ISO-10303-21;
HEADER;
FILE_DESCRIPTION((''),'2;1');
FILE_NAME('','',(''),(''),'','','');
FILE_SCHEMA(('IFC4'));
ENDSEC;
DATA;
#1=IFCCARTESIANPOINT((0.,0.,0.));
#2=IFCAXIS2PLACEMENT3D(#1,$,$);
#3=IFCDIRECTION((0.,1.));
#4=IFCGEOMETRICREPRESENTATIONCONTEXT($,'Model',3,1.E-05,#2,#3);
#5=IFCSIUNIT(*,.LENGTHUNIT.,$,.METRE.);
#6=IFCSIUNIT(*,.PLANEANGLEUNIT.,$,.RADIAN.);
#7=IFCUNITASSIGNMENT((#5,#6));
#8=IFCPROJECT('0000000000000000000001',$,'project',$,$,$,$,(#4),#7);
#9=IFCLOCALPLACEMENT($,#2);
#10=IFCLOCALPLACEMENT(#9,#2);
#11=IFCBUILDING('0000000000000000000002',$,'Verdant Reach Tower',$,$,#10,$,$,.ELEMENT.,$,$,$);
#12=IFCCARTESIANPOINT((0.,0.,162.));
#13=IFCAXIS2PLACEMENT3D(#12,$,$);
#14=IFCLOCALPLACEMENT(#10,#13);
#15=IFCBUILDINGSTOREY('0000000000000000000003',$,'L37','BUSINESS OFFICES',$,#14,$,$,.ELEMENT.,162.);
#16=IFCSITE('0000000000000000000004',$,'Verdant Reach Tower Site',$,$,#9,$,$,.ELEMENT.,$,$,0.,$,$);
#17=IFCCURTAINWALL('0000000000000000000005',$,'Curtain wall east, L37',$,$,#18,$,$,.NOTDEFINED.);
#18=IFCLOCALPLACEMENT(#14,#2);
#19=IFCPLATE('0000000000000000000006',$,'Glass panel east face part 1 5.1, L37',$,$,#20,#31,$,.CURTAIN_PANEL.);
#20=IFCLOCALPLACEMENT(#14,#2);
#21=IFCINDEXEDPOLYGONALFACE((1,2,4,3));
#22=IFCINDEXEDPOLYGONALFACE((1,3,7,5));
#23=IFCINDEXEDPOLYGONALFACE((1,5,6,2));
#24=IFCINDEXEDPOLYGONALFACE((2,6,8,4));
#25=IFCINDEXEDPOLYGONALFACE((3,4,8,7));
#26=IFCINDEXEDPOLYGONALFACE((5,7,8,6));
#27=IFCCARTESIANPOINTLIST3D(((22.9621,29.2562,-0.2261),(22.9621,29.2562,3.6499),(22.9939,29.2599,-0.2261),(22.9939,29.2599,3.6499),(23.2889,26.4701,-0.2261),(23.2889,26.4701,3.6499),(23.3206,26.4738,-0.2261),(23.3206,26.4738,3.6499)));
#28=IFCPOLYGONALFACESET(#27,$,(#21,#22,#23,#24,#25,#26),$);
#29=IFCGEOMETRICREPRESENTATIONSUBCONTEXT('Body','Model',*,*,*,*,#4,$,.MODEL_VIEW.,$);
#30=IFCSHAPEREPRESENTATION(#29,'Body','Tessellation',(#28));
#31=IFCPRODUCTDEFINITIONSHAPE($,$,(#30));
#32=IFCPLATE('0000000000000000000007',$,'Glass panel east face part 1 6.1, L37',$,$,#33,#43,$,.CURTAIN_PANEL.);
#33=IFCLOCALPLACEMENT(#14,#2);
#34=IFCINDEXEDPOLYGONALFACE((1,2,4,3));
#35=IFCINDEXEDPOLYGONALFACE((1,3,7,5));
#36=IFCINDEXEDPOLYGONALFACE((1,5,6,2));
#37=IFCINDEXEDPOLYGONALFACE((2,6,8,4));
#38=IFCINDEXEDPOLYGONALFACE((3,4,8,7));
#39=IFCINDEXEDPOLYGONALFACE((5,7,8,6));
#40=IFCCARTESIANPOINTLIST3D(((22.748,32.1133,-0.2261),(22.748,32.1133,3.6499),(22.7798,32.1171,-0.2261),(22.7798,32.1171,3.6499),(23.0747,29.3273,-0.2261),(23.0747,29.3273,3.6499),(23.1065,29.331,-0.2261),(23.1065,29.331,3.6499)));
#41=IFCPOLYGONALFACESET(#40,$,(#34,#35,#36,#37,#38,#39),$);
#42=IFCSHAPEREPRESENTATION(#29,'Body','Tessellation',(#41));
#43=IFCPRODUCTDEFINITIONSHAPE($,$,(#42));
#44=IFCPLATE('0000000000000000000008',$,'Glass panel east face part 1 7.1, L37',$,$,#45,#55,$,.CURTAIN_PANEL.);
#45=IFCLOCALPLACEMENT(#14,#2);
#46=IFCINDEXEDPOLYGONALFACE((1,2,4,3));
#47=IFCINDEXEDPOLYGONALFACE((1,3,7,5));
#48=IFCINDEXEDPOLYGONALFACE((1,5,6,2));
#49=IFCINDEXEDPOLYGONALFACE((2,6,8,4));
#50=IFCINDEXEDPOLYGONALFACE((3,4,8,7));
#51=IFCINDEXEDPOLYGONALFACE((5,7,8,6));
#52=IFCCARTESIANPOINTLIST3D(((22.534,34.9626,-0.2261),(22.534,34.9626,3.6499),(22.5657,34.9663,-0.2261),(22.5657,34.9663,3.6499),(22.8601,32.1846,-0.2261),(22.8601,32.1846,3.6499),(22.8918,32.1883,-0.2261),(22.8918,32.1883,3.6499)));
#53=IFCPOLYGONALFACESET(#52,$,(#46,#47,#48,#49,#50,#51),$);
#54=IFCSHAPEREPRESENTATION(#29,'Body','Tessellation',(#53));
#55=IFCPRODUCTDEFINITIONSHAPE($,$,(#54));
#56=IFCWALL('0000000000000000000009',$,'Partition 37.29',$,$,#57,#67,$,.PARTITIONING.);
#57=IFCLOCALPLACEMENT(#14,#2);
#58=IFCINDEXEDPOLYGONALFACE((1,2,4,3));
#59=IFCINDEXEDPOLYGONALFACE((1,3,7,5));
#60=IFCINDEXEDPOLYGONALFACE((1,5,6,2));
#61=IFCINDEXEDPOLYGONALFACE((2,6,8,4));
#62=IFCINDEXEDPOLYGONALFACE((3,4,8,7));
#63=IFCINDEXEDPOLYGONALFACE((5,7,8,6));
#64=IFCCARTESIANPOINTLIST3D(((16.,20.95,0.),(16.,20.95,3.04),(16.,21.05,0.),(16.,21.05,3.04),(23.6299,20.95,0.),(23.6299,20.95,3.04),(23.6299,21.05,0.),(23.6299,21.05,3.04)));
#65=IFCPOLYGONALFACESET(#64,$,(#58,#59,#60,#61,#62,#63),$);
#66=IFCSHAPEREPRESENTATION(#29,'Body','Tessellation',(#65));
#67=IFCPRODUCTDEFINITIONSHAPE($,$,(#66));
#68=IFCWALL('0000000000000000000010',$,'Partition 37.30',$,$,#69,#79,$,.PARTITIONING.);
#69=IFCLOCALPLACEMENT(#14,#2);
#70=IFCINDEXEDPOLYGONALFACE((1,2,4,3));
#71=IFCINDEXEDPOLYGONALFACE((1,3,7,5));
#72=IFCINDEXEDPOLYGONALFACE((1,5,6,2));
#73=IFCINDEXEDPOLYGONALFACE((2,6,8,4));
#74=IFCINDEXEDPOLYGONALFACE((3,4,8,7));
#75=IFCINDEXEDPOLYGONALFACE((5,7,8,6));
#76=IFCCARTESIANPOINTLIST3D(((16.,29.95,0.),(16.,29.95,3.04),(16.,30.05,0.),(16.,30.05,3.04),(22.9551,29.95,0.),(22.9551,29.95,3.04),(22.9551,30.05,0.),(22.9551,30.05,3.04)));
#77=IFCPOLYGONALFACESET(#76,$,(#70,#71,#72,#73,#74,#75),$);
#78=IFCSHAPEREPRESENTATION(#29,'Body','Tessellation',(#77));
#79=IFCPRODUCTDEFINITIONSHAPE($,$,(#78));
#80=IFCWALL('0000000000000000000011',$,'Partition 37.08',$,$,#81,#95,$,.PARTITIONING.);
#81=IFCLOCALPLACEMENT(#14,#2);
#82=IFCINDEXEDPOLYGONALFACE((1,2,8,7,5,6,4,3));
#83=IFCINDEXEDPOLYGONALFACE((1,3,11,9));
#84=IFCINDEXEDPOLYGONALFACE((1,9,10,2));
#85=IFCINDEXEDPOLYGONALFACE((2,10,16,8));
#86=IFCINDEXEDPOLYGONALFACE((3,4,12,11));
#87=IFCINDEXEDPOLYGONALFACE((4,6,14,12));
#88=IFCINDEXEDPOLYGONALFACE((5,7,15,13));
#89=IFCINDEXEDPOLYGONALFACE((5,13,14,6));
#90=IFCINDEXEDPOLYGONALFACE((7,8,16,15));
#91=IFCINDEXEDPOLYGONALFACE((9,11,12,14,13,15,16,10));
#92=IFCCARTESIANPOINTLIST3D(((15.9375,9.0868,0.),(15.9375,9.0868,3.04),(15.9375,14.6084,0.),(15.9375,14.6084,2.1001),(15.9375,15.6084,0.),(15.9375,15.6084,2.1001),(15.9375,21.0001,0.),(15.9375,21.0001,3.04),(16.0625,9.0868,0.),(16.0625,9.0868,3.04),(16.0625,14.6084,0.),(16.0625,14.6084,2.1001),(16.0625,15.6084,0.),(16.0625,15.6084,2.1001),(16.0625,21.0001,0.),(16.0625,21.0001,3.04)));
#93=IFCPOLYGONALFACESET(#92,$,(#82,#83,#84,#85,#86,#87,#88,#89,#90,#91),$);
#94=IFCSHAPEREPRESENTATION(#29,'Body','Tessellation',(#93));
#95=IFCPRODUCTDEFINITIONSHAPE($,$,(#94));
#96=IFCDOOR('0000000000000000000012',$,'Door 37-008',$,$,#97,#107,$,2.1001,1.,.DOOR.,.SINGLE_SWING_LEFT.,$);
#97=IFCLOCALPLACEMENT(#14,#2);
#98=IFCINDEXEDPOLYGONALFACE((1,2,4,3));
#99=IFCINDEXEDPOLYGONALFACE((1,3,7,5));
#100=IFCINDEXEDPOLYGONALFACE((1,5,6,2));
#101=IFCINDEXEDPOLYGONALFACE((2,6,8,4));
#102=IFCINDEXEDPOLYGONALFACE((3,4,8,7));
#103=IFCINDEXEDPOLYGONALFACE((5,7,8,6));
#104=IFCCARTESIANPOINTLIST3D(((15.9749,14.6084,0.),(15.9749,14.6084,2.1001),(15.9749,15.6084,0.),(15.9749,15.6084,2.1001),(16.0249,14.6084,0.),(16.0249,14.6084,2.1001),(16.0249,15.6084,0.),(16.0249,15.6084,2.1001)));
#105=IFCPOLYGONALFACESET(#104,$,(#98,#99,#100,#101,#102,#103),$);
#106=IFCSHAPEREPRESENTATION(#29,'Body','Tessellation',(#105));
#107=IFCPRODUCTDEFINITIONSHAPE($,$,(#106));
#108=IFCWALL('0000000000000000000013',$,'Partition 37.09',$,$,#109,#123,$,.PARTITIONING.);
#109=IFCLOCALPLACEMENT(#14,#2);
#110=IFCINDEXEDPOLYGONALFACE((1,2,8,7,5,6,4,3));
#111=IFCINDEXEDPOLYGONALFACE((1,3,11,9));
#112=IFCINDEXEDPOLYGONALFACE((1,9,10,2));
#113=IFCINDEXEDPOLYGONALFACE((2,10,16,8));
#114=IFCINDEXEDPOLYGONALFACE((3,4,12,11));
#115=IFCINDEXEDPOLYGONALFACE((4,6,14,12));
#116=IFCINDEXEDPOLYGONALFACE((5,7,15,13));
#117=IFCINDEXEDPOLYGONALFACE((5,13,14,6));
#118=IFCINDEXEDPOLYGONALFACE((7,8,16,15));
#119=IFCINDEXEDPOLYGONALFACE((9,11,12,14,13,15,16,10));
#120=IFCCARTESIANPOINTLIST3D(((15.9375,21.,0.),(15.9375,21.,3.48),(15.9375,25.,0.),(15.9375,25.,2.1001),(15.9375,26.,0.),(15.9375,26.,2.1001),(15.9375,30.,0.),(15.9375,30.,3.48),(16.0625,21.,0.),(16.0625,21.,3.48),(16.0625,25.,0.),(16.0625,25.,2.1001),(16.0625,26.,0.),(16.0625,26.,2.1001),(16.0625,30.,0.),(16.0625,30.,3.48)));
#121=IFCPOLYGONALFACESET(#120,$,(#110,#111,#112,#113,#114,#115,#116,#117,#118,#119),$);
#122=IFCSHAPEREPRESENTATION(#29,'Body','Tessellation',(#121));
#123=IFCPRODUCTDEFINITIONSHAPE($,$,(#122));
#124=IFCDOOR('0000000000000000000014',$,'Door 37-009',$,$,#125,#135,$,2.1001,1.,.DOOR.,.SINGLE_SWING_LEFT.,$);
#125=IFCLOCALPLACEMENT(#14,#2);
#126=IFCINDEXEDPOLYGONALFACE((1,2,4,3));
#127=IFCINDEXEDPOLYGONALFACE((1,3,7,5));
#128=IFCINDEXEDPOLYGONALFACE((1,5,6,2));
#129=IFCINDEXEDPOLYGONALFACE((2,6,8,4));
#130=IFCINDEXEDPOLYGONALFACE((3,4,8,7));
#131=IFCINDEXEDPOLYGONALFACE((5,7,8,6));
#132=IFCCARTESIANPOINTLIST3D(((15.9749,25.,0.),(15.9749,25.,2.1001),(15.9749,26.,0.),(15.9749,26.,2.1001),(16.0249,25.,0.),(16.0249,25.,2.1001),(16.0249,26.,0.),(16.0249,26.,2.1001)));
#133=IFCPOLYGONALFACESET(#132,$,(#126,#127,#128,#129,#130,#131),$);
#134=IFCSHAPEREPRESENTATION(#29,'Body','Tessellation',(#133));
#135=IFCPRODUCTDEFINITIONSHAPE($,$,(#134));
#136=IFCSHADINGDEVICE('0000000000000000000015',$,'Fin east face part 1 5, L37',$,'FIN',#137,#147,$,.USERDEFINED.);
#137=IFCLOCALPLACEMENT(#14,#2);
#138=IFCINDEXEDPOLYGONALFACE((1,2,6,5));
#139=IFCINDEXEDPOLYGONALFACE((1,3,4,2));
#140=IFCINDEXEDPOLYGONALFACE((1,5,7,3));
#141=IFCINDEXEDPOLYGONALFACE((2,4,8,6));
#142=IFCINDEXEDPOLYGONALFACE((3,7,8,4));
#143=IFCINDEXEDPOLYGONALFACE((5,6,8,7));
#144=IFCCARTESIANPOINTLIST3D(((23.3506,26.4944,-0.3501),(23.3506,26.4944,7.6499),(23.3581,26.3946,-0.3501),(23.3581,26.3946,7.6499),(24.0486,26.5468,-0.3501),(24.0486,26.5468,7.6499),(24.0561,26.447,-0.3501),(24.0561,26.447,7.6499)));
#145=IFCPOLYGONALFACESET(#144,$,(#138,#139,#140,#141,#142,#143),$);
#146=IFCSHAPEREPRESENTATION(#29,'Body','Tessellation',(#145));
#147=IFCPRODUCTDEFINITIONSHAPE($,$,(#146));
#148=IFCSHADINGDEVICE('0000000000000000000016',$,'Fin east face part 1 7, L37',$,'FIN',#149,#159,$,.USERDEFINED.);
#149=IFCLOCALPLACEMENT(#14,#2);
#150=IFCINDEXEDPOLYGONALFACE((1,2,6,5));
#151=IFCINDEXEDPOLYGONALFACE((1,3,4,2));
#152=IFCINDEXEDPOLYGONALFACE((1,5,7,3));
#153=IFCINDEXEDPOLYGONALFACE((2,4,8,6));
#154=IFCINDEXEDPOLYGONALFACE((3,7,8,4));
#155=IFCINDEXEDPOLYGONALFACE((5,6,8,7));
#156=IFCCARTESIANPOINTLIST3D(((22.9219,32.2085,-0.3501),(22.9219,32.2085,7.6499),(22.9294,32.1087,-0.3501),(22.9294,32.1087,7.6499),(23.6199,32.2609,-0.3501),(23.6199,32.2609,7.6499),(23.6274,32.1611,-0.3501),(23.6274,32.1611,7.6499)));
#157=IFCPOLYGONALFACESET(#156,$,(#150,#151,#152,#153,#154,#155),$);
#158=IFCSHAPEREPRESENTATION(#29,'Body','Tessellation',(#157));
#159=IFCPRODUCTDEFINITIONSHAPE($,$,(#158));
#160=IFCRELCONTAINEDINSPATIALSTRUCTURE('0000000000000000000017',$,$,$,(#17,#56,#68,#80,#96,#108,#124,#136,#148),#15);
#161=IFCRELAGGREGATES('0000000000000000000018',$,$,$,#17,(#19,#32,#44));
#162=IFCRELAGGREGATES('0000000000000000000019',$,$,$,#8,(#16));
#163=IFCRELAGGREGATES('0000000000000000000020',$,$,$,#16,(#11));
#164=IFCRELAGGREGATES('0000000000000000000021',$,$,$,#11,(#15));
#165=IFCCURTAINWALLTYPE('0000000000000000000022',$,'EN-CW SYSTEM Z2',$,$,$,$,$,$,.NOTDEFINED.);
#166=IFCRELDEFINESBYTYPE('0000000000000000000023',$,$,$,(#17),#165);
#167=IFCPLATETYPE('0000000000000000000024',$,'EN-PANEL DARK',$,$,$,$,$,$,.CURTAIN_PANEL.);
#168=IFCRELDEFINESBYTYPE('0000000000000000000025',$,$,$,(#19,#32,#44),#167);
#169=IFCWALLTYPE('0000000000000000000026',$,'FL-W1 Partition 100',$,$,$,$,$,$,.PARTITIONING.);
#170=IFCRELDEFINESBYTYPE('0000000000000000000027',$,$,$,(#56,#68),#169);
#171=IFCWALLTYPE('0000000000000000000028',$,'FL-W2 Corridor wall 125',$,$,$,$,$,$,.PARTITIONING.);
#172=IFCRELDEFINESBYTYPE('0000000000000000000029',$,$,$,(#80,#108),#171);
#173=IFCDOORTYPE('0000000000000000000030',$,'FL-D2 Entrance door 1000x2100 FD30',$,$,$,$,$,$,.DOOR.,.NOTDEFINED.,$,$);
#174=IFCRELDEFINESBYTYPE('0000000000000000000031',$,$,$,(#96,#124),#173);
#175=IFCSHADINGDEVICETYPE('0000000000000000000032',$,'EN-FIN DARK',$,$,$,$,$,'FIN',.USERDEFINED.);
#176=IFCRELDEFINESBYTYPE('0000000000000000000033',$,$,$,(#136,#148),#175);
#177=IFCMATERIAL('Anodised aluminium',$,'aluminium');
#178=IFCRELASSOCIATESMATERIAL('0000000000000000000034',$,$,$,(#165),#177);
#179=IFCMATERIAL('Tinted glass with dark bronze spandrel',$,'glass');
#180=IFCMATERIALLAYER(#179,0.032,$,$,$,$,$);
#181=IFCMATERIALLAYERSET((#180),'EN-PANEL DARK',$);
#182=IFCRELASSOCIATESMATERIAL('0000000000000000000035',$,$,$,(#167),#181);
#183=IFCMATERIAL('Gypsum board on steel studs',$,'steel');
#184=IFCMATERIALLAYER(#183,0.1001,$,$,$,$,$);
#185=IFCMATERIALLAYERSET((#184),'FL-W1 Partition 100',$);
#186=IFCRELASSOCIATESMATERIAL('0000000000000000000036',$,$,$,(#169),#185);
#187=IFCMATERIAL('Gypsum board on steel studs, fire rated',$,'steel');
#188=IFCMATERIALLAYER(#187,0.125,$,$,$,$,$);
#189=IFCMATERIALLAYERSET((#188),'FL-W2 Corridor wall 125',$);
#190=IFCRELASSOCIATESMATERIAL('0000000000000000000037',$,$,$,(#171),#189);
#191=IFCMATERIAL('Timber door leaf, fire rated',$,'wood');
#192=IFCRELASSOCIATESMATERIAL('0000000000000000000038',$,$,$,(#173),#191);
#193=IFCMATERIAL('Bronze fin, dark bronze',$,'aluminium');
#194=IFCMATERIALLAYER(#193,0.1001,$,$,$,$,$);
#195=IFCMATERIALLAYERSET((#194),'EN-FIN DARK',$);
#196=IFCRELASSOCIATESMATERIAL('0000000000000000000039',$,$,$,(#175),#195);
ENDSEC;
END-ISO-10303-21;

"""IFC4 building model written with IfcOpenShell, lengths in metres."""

from ifc_helpers import new_model, si_unit, direction, frame, frame_2d, origin, origin_2d, place, context, subcontext, project, spatial, rectangle, extrude, material, layer, layer_set, type_object, element, fill, aggregate, save


model = new_model("IFC4")

# Units and contexts
model_context = context("Model", 3, precision=1e-05, world=origin(), true_north=direction((0.0, 1.0)))
body_context = subcontext(model_context, "Body", "Model", "MODEL_VIEW")
ifc_project = project(units=[si_unit("LENGTHUNIT", "METRE"), si_unit("PLANEANGLEUNIT", "RADIAN")], contexts=[model_context])

# Site, building, storey
site_placement = place(None, origin())
site = spatial("IfcSite", under=ifc_project, at=site_placement, Name="Verdant Reach Tower Site", CompositionType="ELEMENT", RefElevation=0.0)
building_placement = place(site_placement, origin())
building = spatial("IfcBuilding", under=site, at=building_placement, Name="Verdant Reach Tower", CompositionType="ELEMENT")
storey_placement = place(building_placement, frame((0.0, 0.0, 162.0)))
storey = spatial("IfcBuildingStorey", under=building, at=storey_placement, Name="L37", Description="BUSINESS OFFICES", CompositionType="ELEMENT", Elevation=162.0)

# Curtain wall
ifc_material_1 = material(Name="Anodised aluminium", Category="aluminium")
curtain_wall_type = type_object("IfcCurtainWallType", Name="EN-CW SYSTEM Z2", PredefinedType="NOTDEFINED", material=ifc_material_1)
curtain_wall_placement = place(storey_placement, origin())
curtain_wall = element("IfcCurtainWall", 1, at=curtain_wall_placement, inside=storey, type_object=curtain_wall_type, Name="Curtain wall east, L37", PredefinedType="NOTDEFINED")

# Plates
ifc_material_2 = material(Name="Tinted glass with dark bronze spandrel", Category="glass")
ifc_layer_1 = layer(ifc_material_2, 0.032)
ifc_layer_set_1 = layer_set([ifc_layer_1], Name="EN-PANEL DARK")
plate_type_1 = type_object("IfcPlateType", Name="EN-PANEL DARK", PredefinedType="CURTAIN_PANEL", material=ifc_layer_set_1)
plate_1_placement = place(storey_placement, frame((23.1414, 27.865, -0.2261), z_axis=(0.0, 0.0, 1.0), x_axis=(-0.116483, 0.993193, 0.0)))
plate_1 = element("IfcPlate", 2, at=plate_1_placement, type_object=plate_type_1, Name="Glass panel east face part 1 5.1, L37", PredefinedType="CURTAIN_PANEL", context=body_context, shape_type="SweptSolid", body=[
    extrude(rectangle(XDim=2.8052, YDim=0.032, at=origin_2d()), origin(), (0.0, 0.0, 1.0), 3.876),
])
plate_2_placement = place(storey_placement, frame((22.9272, 30.7222, -0.2261), z_axis=(0.0, 0.0, 1.0), x_axis=(-0.116483, 0.993193, 0.0)))
plate_2 = element("IfcPlate", 3, at=plate_2_placement, type_object=plate_type_1, Name="Glass panel east face part 1 6.1, L37", PredefinedType="CURTAIN_PANEL", context=body_context, shape_type="SweptSolid", body=[
    extrude(rectangle(XDim=2.8052, YDim=0.032, at=origin_2d()), origin(), (0.0, 0.0, 1.0), 3.876),
])
plate_3_placement = place(storey_placement, frame((22.7129, 33.5754, -0.2261), z_axis=(0.0, 0.0, 1.0), x_axis=(-0.116586, 0.993181, 0.0)))
plate_3 = element("IfcPlate", 4, at=plate_3_placement, type_object=plate_type_1, Name="Glass panel east face part 1 7.1, L37", PredefinedType="CURTAIN_PANEL", context=body_context, shape_type="SweptSolid", body=[
    extrude(rectangle(XDim=2.7971, YDim=0.032, at=origin_2d()), origin(), (0.0, 0.0, 1.0), 3.876),
])
aggregate(curtain_wall, [plate_1, plate_2, plate_3])

# Walls
ifc_material_3 = material(Name="Gypsum board on steel studs", Category="steel")
ifc_layer_2 = layer(ifc_material_3, 0.1001)
ifc_layer_set_2 = layer_set([ifc_layer_2], Name="FL-W1 Partition 100")
wall_type_1 = type_object("IfcWallType", Name="FL-W1 Partition 100", PredefinedType="PARTITIONING", material=ifc_layer_set_2)
wall_1_placement = place(storey_placement, frame((23.6299, 21.0, 0.0), z_axis=(0.0, 0.0, 1.0), x_axis=(-1.0, 0.0, 0.0)))
element("IfcWall", 5, at=wall_1_placement, inside=storey, type_object=wall_type_1, Name="Partition 37.29", PredefinedType="PARTITIONING", context=body_context, shape_type="SweptSolid", body=[
    extrude(rectangle(XDim=7.6299, YDim=0.1001, at=frame_2d((3.8149, 0.0))), origin(), (0.0, 0.0, 1.0), 3.04),
])
wall_2_placement = place(storey_placement, frame((22.9551, 30.0, 0.0), z_axis=(0.0, 0.0, 1.0), x_axis=(-1.0, 0.0, 0.0)))
element("IfcWall", 6, at=wall_2_placement, inside=storey, type_object=wall_type_1, Name="Partition 37.30", PredefinedType="PARTITIONING", context=body_context, shape_type="SweptSolid", body=[
    extrude(rectangle(XDim=6.9551, YDim=0.1001, at=frame_2d((3.4775, 0.0))), origin(), (0.0, 0.0, 1.0), 3.04),
])

# Walls, openings, doors
ifc_material_4 = material(Name="Gypsum board on steel studs, fire rated", Category="steel")
ifc_layer_3 = layer(ifc_material_4, 0.125)
ifc_layer_set_3 = layer_set([ifc_layer_3], Name="FL-W2 Corridor wall 125")
wall_type_2 = type_object("IfcWallType", Name="FL-W2 Corridor wall 125", PredefinedType="PARTITIONING", material=ifc_layer_set_3)
wall_3_placement = place(storey_placement, frame((16.0, 21.0, 0.0), z_axis=(0.0, 0.0, 1.0), x_axis=(0.0, -1.0, 0.0)))
wall_3 = element("IfcWall", 7, at=wall_3_placement, inside=storey, type_object=wall_type_2, Name="Partition 37.08", PredefinedType="PARTITIONING", context=body_context, shape_type="SweptSolid", body=[
    extrude(rectangle(XDim=11.9133, YDim=0.125, at=frame_2d((5.9565, 0.0))), origin(), (0.0, 0.0, 1.0), 3.04),
])
opening_1_placement = place(wall_3_placement, frame((5.3916, 0.0, 0.0)))
opening_1 = element("IfcOpeningElement", 8, at=opening_1_placement, cuts=wall_3, PredefinedType="OPENING", context=body_context, shape_type="SweptSolid", body=[
    extrude(rectangle(XDim=1.0, YDim=2.1001, at=frame_2d((0.5, 1.05))), frame((0.0, 0.0725, 0.0), z_axis=(0.0, -1.0, 0.0), x_axis=(1.0, 0.0, 0.0)), (0.0, 0.0, 1.0), 0.145),
])
ifc_material_5 = material(Name="Timber door leaf, fire rated", Category="wood")
door_type = type_object("IfcDoorType", Name="FL-D2 Entrance door 1000x2100 FD30", OperationType="NOTDEFINED", PredefinedType="DOOR", material=ifc_material_5)
door_1_placement = place(opening_1_placement, origin())
door_1 = element("IfcDoor", 9, at=door_1_placement, inside=storey, type_object=door_type, Name="Door 37-008", OperationType="SINGLE_SWING_LEFT", OverallHeight=2.1001, OverallWidth=1.0, PredefinedType="DOOR", context=body_context, shape_type="SweptSolid", body=[
    extrude(rectangle(XDim=1.0, YDim=2.1001, at=frame_2d((0.5, 1.05))), frame((0.0, 0.0249, 0.0), z_axis=(0.0, -1.0, 0.0), x_axis=(1.0, 0.0, 0.0)), (0.0, 0.0, 1.0), 0.05),
])
fill(opening_1, door_1)
wall_4_placement = place(storey_placement, frame((16.0, 30.0, 0.0), z_axis=(0.0, 0.0, 1.0), x_axis=(0.0, -1.0, 0.0)))
wall_4 = element("IfcWall", 10, at=wall_4_placement, inside=storey, type_object=wall_type_2, Name="Partition 37.09", PredefinedType="PARTITIONING", context=body_context, shape_type="SweptSolid", body=[
    extrude(rectangle(XDim=9.0, YDim=0.125, at=frame_2d((4.5, 0.0))), origin(), (0.0, 0.0, 1.0), 3.48),
])
opening_2_placement = place(wall_4_placement, frame((4.0, 0.0, 0.0)))
opening_2 = element("IfcOpeningElement", 11, at=opening_2_placement, cuts=wall_4, PredefinedType="OPENING", context=body_context, shape_type="SweptSolid", body=[
    extrude(rectangle(XDim=1.0, YDim=2.1001, at=frame_2d((0.5, 1.05))), frame((0.0, 0.0725, 0.0), z_axis=(0.0, -1.0, 0.0), x_axis=(1.0, 0.0, 0.0)), (0.0, 0.0, 1.0), 0.145),
])
door_2_placement = place(opening_2_placement, origin())
door_2 = element("IfcDoor", 12, at=door_2_placement, inside=storey, type_object=door_type, Name="Door 37-009", OperationType="SINGLE_SWING_LEFT", OverallHeight=2.1001, OverallWidth=1.0, PredefinedType="DOOR", context=body_context, shape_type="SweptSolid", body=[
    extrude(rectangle(XDim=1.0, YDim=2.1001, at=frame_2d((0.5, 1.05))), frame((0.0, 0.0249, 0.0), z_axis=(0.0, -1.0, 0.0), x_axis=(1.0, 0.0, 0.0)), (0.0, 0.0, 1.0), 0.05),
])
fill(opening_2, door_2)

# Shading devices
ifc_material_6 = material(Name="Bronze fin, dark bronze", Category="aluminium")
ifc_layer_4 = layer(ifc_material_6, 0.1001)
ifc_layer_set_4 = layer_set([ifc_layer_4], Name="EN-FIN DARK")
shading_device_type = type_object("IfcShadingDeviceType", Name="EN-FIN DARK", ElementType="FIN", PredefinedType="USERDEFINED", material=ifc_layer_set_4)
for number, where, z_axis, x_axis, name in (
    (13, (23.7034, 26.4707, -0.3501), (0.0, 0.0, 1.0), (-0.07479, 0.997199, 0.0), "Fin east face part 1 5, L37"),
    (14, (23.2747, 32.1848, -0.3501), (0.0, 0.0, 1.0), (-0.07479, 0.997199, 0.0), "Fin east face part 1 7, L37"),
):
    element("IfcShadingDevice", number, at=place(storey_placement, frame(where, z_axis=z_axis, x_axis=x_axis)), inside=storey, type_object=shading_device_type, Name=name, ObjectType="FIN", PredefinedType="USERDEFINED", context=body_context, shape_type="SweptSolid", body=[
        extrude(rectangle(XDim=0.1001, YDim=0.7, at=origin_2d()), origin(), (0.0, 0.0, 1.0), 8.0),
    ])

save(model, "model.ifc")
